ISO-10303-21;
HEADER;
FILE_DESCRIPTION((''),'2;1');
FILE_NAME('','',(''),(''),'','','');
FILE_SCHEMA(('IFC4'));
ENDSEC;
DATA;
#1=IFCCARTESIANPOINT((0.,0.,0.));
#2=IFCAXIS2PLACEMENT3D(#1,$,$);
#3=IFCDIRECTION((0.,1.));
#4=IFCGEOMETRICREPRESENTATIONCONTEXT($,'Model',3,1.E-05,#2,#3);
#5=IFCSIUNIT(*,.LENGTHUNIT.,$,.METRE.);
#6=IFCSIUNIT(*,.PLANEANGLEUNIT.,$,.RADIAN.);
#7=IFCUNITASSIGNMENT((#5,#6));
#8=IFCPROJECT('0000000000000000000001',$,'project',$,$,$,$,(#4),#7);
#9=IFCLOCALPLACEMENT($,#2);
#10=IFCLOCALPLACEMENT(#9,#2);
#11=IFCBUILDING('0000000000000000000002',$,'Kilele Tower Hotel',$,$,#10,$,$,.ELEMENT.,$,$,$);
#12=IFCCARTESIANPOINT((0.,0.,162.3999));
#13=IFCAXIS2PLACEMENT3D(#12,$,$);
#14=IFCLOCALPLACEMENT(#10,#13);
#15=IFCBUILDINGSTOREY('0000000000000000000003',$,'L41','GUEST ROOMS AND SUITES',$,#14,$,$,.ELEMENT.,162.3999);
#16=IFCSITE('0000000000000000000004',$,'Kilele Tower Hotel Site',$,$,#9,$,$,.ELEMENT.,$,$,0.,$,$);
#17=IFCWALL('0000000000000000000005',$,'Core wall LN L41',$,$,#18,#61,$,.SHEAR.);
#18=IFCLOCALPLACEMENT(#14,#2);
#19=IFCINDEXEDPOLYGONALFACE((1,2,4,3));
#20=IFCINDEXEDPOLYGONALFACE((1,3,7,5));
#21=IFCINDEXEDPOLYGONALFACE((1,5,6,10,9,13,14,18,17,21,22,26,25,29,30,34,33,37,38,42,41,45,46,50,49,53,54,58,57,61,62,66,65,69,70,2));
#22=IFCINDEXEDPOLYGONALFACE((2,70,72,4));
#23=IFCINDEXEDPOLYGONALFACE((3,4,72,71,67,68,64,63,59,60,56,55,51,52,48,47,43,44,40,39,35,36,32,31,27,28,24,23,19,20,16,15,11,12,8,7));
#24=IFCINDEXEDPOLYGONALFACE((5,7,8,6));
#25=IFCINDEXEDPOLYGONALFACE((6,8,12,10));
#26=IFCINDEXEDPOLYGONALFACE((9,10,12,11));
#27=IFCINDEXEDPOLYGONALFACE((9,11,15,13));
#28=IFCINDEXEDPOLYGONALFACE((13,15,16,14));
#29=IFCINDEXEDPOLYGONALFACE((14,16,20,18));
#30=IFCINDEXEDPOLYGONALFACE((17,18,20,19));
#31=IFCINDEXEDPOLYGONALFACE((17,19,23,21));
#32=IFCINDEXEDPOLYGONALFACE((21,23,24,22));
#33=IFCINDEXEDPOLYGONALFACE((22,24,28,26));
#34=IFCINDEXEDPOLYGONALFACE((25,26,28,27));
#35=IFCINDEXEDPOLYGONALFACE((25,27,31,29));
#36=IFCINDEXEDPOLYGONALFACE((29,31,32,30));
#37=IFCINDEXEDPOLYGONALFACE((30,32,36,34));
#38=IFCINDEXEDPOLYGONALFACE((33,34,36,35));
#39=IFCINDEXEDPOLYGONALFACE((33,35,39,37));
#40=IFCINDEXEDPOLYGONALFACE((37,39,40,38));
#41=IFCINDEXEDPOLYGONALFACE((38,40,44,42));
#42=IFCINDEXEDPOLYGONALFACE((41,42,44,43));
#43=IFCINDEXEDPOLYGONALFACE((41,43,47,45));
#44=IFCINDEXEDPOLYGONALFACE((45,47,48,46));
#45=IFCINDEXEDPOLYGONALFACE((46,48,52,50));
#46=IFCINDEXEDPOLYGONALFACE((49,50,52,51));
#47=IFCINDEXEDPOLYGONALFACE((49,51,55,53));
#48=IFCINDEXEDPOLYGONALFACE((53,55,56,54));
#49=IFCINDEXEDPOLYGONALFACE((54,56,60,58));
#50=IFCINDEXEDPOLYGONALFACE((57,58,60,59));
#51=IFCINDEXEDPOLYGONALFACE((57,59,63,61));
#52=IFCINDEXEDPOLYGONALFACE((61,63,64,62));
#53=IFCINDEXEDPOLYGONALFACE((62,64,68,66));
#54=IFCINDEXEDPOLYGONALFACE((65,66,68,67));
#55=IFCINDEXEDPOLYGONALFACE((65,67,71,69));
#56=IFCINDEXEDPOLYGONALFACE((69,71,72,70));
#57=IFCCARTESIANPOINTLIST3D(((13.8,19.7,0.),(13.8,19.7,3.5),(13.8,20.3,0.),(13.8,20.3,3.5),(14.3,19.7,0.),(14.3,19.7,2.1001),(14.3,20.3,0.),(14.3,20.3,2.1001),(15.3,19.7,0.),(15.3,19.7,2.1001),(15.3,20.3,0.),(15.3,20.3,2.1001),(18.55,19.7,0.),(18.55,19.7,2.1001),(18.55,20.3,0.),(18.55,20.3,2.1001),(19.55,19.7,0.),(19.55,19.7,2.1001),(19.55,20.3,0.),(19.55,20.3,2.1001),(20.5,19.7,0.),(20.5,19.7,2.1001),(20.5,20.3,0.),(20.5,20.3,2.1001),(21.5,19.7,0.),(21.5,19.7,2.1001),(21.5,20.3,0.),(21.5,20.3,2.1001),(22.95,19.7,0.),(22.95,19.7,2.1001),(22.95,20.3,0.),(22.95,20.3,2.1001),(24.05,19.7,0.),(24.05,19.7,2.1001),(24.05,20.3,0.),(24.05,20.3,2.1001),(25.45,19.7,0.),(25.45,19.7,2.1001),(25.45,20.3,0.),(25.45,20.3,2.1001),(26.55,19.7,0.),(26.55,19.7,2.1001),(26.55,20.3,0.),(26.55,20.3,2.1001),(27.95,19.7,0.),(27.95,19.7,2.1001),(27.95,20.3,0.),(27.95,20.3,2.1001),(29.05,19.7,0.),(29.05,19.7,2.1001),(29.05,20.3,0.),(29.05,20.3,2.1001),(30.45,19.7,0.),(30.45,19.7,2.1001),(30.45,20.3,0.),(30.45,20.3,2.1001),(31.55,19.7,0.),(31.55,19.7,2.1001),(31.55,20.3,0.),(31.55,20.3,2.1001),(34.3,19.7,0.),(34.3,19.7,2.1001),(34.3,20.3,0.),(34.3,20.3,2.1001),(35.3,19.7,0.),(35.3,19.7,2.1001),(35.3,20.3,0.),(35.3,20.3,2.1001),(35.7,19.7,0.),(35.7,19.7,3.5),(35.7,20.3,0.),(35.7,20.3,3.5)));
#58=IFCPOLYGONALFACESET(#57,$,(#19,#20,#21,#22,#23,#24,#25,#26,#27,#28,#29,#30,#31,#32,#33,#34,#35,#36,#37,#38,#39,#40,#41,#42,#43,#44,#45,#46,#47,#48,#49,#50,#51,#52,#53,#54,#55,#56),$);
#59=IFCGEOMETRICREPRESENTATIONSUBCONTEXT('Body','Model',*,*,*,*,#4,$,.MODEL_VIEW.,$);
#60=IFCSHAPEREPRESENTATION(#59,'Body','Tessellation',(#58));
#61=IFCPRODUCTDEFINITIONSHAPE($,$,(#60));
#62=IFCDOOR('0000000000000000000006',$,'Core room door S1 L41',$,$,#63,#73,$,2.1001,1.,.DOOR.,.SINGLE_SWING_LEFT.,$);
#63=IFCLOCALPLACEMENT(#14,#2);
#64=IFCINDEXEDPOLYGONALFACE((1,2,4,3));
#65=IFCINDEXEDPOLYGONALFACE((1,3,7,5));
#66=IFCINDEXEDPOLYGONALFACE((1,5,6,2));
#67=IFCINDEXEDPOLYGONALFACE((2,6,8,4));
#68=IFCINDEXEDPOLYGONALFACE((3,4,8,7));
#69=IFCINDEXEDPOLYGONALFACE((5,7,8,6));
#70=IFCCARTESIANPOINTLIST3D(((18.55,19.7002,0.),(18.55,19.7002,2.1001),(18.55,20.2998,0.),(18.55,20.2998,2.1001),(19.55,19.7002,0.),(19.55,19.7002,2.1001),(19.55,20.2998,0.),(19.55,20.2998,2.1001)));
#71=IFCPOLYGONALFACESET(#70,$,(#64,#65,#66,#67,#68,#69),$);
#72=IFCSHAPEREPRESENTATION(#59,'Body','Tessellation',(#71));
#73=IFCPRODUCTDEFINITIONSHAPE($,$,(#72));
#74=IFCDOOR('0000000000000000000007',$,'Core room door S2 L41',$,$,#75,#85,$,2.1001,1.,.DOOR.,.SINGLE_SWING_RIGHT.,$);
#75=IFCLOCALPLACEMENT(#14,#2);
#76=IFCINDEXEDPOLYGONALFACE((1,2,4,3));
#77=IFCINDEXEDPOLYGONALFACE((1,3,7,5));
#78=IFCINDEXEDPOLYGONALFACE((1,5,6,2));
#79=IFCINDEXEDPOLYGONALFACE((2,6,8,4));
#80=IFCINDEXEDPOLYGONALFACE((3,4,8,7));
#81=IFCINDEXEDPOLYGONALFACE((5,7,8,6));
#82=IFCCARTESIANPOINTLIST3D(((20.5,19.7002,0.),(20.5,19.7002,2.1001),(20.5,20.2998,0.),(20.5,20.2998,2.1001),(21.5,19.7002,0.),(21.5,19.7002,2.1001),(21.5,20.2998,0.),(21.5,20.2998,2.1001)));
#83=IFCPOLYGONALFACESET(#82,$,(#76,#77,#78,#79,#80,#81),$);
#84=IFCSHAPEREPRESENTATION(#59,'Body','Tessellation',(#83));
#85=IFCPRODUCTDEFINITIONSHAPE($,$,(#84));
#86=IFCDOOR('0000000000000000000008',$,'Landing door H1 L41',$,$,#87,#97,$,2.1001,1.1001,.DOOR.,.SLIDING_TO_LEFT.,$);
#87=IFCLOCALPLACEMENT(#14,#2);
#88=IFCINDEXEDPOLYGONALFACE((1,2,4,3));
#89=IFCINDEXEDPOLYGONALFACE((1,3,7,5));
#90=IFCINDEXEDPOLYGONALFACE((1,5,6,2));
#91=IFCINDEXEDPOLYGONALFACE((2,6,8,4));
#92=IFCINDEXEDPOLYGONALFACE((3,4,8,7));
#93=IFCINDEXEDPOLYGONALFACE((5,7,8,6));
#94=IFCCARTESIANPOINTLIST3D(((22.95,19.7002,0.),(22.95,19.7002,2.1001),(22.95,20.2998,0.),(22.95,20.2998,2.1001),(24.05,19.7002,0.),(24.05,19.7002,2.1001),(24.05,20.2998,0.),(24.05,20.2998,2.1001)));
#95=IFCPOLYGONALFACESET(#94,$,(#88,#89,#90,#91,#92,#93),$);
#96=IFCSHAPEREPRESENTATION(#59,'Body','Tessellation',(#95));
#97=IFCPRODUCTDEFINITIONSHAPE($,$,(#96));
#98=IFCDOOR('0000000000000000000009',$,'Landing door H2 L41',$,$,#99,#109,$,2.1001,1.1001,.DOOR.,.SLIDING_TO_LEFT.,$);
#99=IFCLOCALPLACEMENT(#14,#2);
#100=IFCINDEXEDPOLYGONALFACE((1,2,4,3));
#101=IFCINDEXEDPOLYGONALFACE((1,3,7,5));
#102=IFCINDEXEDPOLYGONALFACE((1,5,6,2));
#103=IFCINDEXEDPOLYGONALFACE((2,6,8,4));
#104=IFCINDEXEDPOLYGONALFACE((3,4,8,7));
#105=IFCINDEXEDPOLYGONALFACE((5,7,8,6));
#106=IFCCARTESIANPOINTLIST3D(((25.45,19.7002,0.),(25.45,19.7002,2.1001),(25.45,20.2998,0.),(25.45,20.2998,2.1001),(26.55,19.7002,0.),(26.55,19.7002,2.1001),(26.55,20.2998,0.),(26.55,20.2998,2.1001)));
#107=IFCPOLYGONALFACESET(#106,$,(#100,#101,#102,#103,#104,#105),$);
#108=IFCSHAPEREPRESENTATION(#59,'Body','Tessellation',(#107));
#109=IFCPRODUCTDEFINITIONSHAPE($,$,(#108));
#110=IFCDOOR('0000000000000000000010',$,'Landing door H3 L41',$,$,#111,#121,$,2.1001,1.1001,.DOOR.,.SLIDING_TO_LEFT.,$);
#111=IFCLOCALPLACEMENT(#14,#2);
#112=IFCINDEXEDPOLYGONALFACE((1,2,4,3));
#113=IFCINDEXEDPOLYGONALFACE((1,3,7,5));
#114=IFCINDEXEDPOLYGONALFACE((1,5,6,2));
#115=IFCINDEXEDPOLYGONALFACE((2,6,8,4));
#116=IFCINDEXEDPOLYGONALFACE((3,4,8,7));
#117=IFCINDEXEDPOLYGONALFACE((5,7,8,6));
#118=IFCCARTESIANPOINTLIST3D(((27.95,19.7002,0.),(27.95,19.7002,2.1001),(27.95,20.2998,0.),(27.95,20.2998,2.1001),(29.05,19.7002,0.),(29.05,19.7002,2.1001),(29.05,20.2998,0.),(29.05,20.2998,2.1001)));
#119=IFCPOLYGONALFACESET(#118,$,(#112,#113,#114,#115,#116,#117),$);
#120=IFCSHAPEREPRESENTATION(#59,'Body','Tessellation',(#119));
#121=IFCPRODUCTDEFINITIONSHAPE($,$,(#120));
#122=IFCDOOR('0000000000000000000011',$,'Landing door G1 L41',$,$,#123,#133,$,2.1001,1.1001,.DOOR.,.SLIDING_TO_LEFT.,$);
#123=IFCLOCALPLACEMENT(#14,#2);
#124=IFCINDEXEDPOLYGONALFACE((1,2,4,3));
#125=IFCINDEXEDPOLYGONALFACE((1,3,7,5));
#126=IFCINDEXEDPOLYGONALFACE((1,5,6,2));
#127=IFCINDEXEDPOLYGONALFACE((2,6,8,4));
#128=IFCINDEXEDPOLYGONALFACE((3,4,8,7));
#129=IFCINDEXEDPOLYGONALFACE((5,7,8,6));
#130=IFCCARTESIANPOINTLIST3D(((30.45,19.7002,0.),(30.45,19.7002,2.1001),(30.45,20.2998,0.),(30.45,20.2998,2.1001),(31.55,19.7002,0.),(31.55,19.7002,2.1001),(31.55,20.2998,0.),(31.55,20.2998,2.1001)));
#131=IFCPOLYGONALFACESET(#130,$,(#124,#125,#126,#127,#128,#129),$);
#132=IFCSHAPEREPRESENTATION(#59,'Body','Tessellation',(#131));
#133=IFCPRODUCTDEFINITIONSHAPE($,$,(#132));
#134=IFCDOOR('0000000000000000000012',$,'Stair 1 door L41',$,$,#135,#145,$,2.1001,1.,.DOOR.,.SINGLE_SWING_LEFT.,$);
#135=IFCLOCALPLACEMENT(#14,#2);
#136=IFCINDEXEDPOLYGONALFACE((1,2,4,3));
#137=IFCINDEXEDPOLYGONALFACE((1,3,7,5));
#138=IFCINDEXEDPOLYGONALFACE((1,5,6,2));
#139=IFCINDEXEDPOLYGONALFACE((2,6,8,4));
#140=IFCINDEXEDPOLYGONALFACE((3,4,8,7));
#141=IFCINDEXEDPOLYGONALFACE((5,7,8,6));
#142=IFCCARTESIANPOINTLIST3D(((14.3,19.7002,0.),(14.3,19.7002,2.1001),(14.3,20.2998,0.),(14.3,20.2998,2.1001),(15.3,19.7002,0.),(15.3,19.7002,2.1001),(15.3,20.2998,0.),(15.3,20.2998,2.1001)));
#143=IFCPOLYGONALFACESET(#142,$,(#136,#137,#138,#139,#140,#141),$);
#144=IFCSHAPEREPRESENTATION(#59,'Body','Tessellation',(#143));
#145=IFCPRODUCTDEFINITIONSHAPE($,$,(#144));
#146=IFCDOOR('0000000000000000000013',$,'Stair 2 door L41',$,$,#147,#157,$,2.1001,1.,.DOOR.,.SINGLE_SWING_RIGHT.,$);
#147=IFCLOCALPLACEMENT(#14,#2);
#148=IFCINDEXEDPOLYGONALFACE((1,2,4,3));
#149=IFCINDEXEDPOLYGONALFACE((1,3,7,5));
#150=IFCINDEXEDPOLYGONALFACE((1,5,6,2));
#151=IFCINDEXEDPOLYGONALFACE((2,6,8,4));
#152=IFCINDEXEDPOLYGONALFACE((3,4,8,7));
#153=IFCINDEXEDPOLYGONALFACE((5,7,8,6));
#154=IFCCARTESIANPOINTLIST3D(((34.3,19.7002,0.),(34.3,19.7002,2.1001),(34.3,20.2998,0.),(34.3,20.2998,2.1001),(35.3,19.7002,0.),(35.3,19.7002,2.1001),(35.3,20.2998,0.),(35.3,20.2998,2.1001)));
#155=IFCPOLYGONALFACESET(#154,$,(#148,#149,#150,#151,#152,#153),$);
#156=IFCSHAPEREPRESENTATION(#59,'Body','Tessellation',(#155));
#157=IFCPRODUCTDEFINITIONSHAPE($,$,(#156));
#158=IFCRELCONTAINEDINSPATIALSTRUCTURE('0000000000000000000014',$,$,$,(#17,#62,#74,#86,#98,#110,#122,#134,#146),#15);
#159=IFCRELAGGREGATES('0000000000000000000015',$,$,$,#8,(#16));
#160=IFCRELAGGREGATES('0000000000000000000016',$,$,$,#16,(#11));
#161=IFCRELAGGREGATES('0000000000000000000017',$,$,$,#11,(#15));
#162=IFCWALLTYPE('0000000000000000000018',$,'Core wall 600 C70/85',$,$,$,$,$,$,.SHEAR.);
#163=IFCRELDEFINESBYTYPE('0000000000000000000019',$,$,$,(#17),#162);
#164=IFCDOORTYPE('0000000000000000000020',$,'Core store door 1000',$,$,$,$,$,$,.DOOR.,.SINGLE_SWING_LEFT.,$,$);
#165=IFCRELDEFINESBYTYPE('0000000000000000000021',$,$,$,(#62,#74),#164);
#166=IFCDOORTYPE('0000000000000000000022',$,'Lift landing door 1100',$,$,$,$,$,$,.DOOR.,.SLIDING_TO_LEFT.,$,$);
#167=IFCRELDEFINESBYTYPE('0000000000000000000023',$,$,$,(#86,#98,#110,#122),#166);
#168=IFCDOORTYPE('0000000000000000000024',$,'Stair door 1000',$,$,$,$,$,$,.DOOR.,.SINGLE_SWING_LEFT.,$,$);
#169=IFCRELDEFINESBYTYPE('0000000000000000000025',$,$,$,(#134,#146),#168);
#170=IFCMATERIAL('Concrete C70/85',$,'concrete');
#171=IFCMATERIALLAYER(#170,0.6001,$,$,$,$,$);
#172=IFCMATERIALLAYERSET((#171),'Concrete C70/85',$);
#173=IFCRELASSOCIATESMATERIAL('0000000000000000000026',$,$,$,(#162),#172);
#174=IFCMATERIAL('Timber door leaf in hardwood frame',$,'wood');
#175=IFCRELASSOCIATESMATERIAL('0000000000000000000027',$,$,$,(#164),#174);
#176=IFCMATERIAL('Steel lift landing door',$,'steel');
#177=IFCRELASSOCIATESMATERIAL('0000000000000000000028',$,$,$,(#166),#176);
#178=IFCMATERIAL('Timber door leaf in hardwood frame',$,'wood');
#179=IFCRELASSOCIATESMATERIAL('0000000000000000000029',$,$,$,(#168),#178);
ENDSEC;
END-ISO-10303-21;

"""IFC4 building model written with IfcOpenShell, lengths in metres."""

from ifc_helpers import new_model, si_unit, direction, frame, frame_2d, origin, place, context, subcontext, project, spatial, rectangle, extrude, material, layer, layer_set, type_object, element, fill, save


model = new_model("IFC4")

# Units and contexts
model_context = context("Model", 3, precision=1e-05, world=origin(), true_north=direction((0.0, 1.0)))
body_context = subcontext(model_context, "Body", "Model", "MODEL_VIEW")
ifc_project = project(units=[si_unit("LENGTHUNIT", "METRE"), si_unit("PLANEANGLEUNIT", "RADIAN")], contexts=[model_context])

# Site, building, storey
site_placement = place(None, origin())
site = spatial("IfcSite", under=ifc_project, at=site_placement, Name="Kilele Tower Hotel Site", CompositionType="ELEMENT", RefElevation=0.0)
building_placement = place(site_placement, origin())
building = spatial("IfcBuilding", under=site, at=building_placement, Name="Kilele Tower Hotel", CompositionType="ELEMENT")
storey_placement = place(building_placement, frame((0.0, 0.0, 162.3999)))
storey = spatial("IfcBuildingStorey", under=building, at=storey_placement, Name="L41", Description="GUEST ROOMS AND SUITES", CompositionType="ELEMENT", Elevation=162.3999)

# Shared definitions
ifc_material_1 = material(Name="Concrete C70/85", Category="concrete")
ifc_layer_1 = layer(ifc_material_1, 0.6001)
ifc_layer_set_1 = layer_set([ifc_layer_1], Name="Concrete C70/85")
wall_type_1 = type_object("IfcWallType", Name="Core wall 600 C70/85", PredefinedType="SHEAR", material=ifc_layer_set_1)

# Wall, openings, doors
ifc_material_2 = material(Name="Timber door leaf in hardwood frame", Category="wood")
door_type_1 = type_object("IfcDoorType", Name="Core store door 1000", OperationType="SINGLE_SWING_LEFT", PredefinedType="DOOR", material=ifc_material_2)
wall_1_placement = place(storey_placement, frame((13.8, 20.0, 0.0), z_axis=(0.0, 0.0, 1.0), x_axis=(1.0, 0.0, 0.0)))
wall_1 = element("IfcWall", 1, at=wall_1_placement, inside=storey, type_object=wall_type_1, Name="Core wall LN L41", PredefinedType="SHEAR", context=body_context, shape_type="SweptSolid", body=[
    extrude(rectangle(XDim=21.8999, YDim=0.6001, at=frame_2d((10.95, 0.0))), origin(), (0.0, 0.0, 1.0), 3.5),
])
opening_1_placement = place(wall_1_placement, frame((0.5, 0.0, 0.0)))
opening_1 = element("IfcOpeningElement", 2, at=opening_1_placement, cuts=wall_1, PredefinedType="OPENING", context=body_context, shape_type="SweptSolid", body=[
    extrude(rectangle(XDim=1.0, YDim=2.1001, at=frame_2d((0.5, 1.05))), frame((0.0, 0.3101, 0.0), z_axis=(0.0, -1.0, 0.0), x_axis=(1.0, 0.0, 0.0)), (0.0, 0.0, 1.0), 0.6201),
])
opening_2_placement = place(wall_1_placement, frame((20.5, 0.0, 0.0)))
opening_2 = element("IfcOpeningElement", 3, at=opening_2_placement, cuts=wall_1, PredefinedType="OPENING", context=body_context, shape_type="SweptSolid", body=[
    extrude(rectangle(XDim=1.0, YDim=2.1001, at=frame_2d((0.5, 1.05))), frame((0.0, 0.3101, 0.0), z_axis=(0.0, -1.0, 0.0), x_axis=(1.0, 0.0, 0.0)), (0.0, 0.0, 1.0), 0.6201),
])
opening_3_placement = place(wall_1_placement, frame((9.1499, 0.0, 0.0)))
opening_3 = element("IfcOpeningElement", 4, at=opening_3_placement, cuts=wall_1, PredefinedType="OPENING", context=body_context, shape_type="SweptSolid", body=[
    extrude(rectangle(XDim=1.1001, YDim=2.1001, at=frame_2d((0.55, 1.05))), frame((0.0, 0.3101, 0.0), z_axis=(0.0, -1.0, 0.0), x_axis=(1.0, 0.0, 0.0)), (0.0, 0.0, 1.0), 0.6201),
])
opening_4_placement = place(wall_1_placement, frame((11.6499, 0.0, 0.0)))
opening_4 = element("IfcOpeningElement", 5, at=opening_4_placement, cuts=wall_1, PredefinedType="OPENING", context=body_context, shape_type="SweptSolid", body=[
    extrude(rectangle(XDim=1.1001, YDim=2.1001, at=frame_2d((0.55, 1.05))), frame((0.0, 0.3101, 0.0), z_axis=(0.0, -1.0, 0.0), x_axis=(1.0, 0.0, 0.0)), (0.0, 0.0, 1.0), 0.6201),
])
opening_5_placement = place(wall_1_placement, frame((14.1499, 0.0, 0.0)))
opening_5 = element("IfcOpeningElement", 6, at=opening_5_placement, cuts=wall_1, PredefinedType="OPENING", context=body_context, shape_type="SweptSolid", body=[
    extrude(rectangle(XDim=1.1001, YDim=2.1001, at=frame_2d((0.55, 1.05))), frame((0.0, 0.3101, 0.0), z_axis=(0.0, -1.0, 0.0), x_axis=(1.0, 0.0, 0.0)), (0.0, 0.0, 1.0), 0.6201),
])
opening_6_placement = place(wall_1_placement, frame((16.6499, 0.0, 0.0)))
opening_6 = element("IfcOpeningElement", 7, at=opening_6_placement, cuts=wall_1, PredefinedType="OPENING", context=body_context, shape_type="SweptSolid", body=[
    extrude(rectangle(XDim=1.1001, YDim=2.1001, at=frame_2d((0.55, 1.05))), frame((0.0, 0.3101, 0.0), z_axis=(0.0, -1.0, 0.0), x_axis=(1.0, 0.0, 0.0)), (0.0, 0.0, 1.0), 0.6201),
])
opening_7_placement = place(wall_1_placement, frame((4.75, 0.0, 0.0)))
opening_7 = element("IfcOpeningElement", 8, at=opening_7_placement, cuts=wall_1, PredefinedType="OPENING", context=body_context, shape_type="SweptSolid", body=[
    extrude(rectangle(XDim=1.0, YDim=2.1001, at=frame_2d((0.5, 1.05))), frame((0.0, 0.3101, 0.0), z_axis=(0.0, -1.0, 0.0), x_axis=(1.0, 0.0, 0.0)), (0.0, 0.0, 1.0), 0.6201),
])
opening_8_placement = place(wall_1_placement, frame((6.7, 0.0, 0.0)))
opening_8 = element("IfcOpeningElement", 9, at=opening_8_placement, cuts=wall_1, PredefinedType="OPENING", context=body_context, shape_type="SweptSolid", body=[
    extrude(rectangle(XDim=1.0, YDim=2.1001, at=frame_2d((0.5, 1.05))), frame((0.0, 0.3101, 0.0), z_axis=(0.0, -1.0, 0.0), x_axis=(1.0, 0.0, 0.0)), (0.0, 0.0, 1.0), 0.6201),
])
door_1_placement = place(opening_7_placement, origin())
door_1 = element("IfcDoor", 10, at=door_1_placement, inside=storey, type_object=door_type_1, Name="Core room door S1 L41", OperationType="SINGLE_SWING_LEFT", OverallHeight=2.1001, OverallWidth=1.0, PredefinedType="DOOR", context=body_context, shape_type="SweptSolid", body=[
    extrude(rectangle(XDim=1.0, YDim=2.1001, at=frame_2d((0.5, 1.05))), frame((0.0, 0.2998, 0.0), z_axis=(0.0, -1.0, 0.0), x_axis=(1.0, 0.0, 0.0)), (0.0, 0.0, 1.0), 0.5996),
])
fill(opening_7, door_1)
door_2_placement = place(opening_8_placement, origin())
door_2 = element("IfcDoor", 11, at=door_2_placement, inside=storey, type_object=door_type_1, Name="Core room door S2 L41", OperationType="SINGLE_SWING_RIGHT", OverallHeight=2.1001, OverallWidth=1.0, PredefinedType="DOOR", context=body_context, shape_type="SweptSolid", body=[
    extrude(rectangle(XDim=1.0, YDim=2.1001, at=frame_2d((0.5, 1.05))), frame((0.0, 0.2998, 0.0), z_axis=(0.0, -1.0, 0.0), x_axis=(1.0, 0.0, 0.0)), (0.0, 0.0, 1.0), 0.5996),
])
fill(opening_8, door_2)
ifc_material_3 = material(Name="Steel lift landing door", Category="steel")
door_type_2 = type_object("IfcDoorType", Name="Lift landing door 1100", OperationType="SLIDING_TO_LEFT", PredefinedType="DOOR", material=ifc_material_3)
door_3_placement = place(opening_3_placement, origin())
door_3 = element("IfcDoor", 12, at=door_3_placement, inside=storey, type_object=door_type_2, Name="Landing door H1 L41", OperationType="SLIDING_TO_LEFT", OverallHeight=2.1001, OverallWidth=1.1001, PredefinedType="DOOR", context=body_context, shape_type="SweptSolid", body=[
    extrude(rectangle(XDim=1.1001, YDim=2.1001, at=frame_2d((0.55, 1.05))), frame((0.0, 0.2998, 0.0), z_axis=(0.0, -1.0, 0.0), x_axis=(1.0, 0.0, 0.0)), (0.0, 0.0, 1.0), 0.5996),
])
fill(opening_3, door_3)
door_4_placement = place(opening_4_placement, origin())
door_4 = element("IfcDoor", 13, at=door_4_placement, inside=storey, type_object=door_type_2, Name="Landing door H2 L41", OperationType="SLIDING_TO_LEFT", OverallHeight=2.1001, OverallWidth=1.1001, PredefinedType="DOOR", context=body_context, shape_type="SweptSolid", body=[
    extrude(rectangle(XDim=1.1001, YDim=2.1001, at=frame_2d((0.55, 1.05))), frame((0.0, 0.2998, 0.0), z_axis=(0.0, -1.0, 0.0), x_axis=(1.0, 0.0, 0.0)), (0.0, 0.0, 1.0), 0.5996),
])
fill(opening_4, door_4)
door_5_placement = place(opening_5_placement, origin())
door_5 = element("IfcDoor", 14, at=door_5_placement, inside=storey, type_object=door_type_2, Name="Landing door H3 L41", OperationType="SLIDING_TO_LEFT", OverallHeight=2.1001, OverallWidth=1.1001, PredefinedType="DOOR", context=body_context, shape_type="SweptSolid", body=[
    extrude(rectangle(XDim=1.1001, YDim=2.1001, at=frame_2d((0.55, 1.05))), frame((0.0, 0.2998, 0.0), z_axis=(0.0, -1.0, 0.0), x_axis=(1.0, 0.0, 0.0)), (0.0, 0.0, 1.0), 0.5996),
])
fill(opening_5, door_5)
door_6_placement = place(opening_6_placement, origin())
door_6 = element("IfcDoor", 15, at=door_6_placement, inside=storey, type_object=door_type_2, Name="Landing door G1 L41", OperationType="SLIDING_TO_LEFT", OverallHeight=2.1001, OverallWidth=1.1001, PredefinedType="DOOR", context=body_context, shape_type="SweptSolid", body=[
    extrude(rectangle(XDim=1.1001, YDim=2.1001, at=frame_2d((0.55, 1.05))), frame((0.0, 0.2998, 0.0), z_axis=(0.0, -1.0, 0.0), x_axis=(1.0, 0.0, 0.0)), (0.0, 0.0, 1.0), 0.5996),
])
fill(opening_6, door_6)
ifc_material_4 = material(Name="Timber door leaf in hardwood frame", Category="wood")
door_type_3 = type_object("IfcDoorType", Name="Stair door 1000", OperationType="SINGLE_SWING_LEFT", PredefinedType="DOOR", material=ifc_material_4)
door_7_placement = place(opening_1_placement, origin())
door_7 = element("IfcDoor", 16, at=door_7_placement, inside=storey, type_object=door_type_3, Name="Stair 1 door L41", OperationType="SINGLE_SWING_LEFT", OverallHeight=2.1001, OverallWidth=1.0, PredefinedType="DOOR", context=body_context, shape_type="SweptSolid", body=[
    extrude(rectangle(XDim=1.0, YDim=2.1001, at=frame_2d((0.5, 1.05))), frame((0.0, 0.2998, 0.0), z_axis=(0.0, -1.0, 0.0), x_axis=(1.0, 0.0, 0.0)), (0.0, 0.0, 1.0), 0.5996),
])
fill(opening_1, door_7)
door_8_placement = place(opening_2_placement, origin())
door_8 = element("IfcDoor", 17, at=door_8_placement, inside=storey, type_object=door_type_3, Name="Stair 2 door L41", OperationType="SINGLE_SWING_RIGHT", OverallHeight=2.1001, OverallWidth=1.0, PredefinedType="DOOR", context=body_context, shape_type="SweptSolid", body=[
    extrude(rectangle(XDim=1.0, YDim=2.1001, at=frame_2d((0.5, 1.05))), frame((0.0, 0.2998, 0.0), z_axis=(0.0, -1.0, 0.0), x_axis=(1.0, 0.0, 0.0)), (0.0, 0.0, 1.0), 0.5996),
])
fill(opening_2, door_8)

save(model, "model.ifc")
